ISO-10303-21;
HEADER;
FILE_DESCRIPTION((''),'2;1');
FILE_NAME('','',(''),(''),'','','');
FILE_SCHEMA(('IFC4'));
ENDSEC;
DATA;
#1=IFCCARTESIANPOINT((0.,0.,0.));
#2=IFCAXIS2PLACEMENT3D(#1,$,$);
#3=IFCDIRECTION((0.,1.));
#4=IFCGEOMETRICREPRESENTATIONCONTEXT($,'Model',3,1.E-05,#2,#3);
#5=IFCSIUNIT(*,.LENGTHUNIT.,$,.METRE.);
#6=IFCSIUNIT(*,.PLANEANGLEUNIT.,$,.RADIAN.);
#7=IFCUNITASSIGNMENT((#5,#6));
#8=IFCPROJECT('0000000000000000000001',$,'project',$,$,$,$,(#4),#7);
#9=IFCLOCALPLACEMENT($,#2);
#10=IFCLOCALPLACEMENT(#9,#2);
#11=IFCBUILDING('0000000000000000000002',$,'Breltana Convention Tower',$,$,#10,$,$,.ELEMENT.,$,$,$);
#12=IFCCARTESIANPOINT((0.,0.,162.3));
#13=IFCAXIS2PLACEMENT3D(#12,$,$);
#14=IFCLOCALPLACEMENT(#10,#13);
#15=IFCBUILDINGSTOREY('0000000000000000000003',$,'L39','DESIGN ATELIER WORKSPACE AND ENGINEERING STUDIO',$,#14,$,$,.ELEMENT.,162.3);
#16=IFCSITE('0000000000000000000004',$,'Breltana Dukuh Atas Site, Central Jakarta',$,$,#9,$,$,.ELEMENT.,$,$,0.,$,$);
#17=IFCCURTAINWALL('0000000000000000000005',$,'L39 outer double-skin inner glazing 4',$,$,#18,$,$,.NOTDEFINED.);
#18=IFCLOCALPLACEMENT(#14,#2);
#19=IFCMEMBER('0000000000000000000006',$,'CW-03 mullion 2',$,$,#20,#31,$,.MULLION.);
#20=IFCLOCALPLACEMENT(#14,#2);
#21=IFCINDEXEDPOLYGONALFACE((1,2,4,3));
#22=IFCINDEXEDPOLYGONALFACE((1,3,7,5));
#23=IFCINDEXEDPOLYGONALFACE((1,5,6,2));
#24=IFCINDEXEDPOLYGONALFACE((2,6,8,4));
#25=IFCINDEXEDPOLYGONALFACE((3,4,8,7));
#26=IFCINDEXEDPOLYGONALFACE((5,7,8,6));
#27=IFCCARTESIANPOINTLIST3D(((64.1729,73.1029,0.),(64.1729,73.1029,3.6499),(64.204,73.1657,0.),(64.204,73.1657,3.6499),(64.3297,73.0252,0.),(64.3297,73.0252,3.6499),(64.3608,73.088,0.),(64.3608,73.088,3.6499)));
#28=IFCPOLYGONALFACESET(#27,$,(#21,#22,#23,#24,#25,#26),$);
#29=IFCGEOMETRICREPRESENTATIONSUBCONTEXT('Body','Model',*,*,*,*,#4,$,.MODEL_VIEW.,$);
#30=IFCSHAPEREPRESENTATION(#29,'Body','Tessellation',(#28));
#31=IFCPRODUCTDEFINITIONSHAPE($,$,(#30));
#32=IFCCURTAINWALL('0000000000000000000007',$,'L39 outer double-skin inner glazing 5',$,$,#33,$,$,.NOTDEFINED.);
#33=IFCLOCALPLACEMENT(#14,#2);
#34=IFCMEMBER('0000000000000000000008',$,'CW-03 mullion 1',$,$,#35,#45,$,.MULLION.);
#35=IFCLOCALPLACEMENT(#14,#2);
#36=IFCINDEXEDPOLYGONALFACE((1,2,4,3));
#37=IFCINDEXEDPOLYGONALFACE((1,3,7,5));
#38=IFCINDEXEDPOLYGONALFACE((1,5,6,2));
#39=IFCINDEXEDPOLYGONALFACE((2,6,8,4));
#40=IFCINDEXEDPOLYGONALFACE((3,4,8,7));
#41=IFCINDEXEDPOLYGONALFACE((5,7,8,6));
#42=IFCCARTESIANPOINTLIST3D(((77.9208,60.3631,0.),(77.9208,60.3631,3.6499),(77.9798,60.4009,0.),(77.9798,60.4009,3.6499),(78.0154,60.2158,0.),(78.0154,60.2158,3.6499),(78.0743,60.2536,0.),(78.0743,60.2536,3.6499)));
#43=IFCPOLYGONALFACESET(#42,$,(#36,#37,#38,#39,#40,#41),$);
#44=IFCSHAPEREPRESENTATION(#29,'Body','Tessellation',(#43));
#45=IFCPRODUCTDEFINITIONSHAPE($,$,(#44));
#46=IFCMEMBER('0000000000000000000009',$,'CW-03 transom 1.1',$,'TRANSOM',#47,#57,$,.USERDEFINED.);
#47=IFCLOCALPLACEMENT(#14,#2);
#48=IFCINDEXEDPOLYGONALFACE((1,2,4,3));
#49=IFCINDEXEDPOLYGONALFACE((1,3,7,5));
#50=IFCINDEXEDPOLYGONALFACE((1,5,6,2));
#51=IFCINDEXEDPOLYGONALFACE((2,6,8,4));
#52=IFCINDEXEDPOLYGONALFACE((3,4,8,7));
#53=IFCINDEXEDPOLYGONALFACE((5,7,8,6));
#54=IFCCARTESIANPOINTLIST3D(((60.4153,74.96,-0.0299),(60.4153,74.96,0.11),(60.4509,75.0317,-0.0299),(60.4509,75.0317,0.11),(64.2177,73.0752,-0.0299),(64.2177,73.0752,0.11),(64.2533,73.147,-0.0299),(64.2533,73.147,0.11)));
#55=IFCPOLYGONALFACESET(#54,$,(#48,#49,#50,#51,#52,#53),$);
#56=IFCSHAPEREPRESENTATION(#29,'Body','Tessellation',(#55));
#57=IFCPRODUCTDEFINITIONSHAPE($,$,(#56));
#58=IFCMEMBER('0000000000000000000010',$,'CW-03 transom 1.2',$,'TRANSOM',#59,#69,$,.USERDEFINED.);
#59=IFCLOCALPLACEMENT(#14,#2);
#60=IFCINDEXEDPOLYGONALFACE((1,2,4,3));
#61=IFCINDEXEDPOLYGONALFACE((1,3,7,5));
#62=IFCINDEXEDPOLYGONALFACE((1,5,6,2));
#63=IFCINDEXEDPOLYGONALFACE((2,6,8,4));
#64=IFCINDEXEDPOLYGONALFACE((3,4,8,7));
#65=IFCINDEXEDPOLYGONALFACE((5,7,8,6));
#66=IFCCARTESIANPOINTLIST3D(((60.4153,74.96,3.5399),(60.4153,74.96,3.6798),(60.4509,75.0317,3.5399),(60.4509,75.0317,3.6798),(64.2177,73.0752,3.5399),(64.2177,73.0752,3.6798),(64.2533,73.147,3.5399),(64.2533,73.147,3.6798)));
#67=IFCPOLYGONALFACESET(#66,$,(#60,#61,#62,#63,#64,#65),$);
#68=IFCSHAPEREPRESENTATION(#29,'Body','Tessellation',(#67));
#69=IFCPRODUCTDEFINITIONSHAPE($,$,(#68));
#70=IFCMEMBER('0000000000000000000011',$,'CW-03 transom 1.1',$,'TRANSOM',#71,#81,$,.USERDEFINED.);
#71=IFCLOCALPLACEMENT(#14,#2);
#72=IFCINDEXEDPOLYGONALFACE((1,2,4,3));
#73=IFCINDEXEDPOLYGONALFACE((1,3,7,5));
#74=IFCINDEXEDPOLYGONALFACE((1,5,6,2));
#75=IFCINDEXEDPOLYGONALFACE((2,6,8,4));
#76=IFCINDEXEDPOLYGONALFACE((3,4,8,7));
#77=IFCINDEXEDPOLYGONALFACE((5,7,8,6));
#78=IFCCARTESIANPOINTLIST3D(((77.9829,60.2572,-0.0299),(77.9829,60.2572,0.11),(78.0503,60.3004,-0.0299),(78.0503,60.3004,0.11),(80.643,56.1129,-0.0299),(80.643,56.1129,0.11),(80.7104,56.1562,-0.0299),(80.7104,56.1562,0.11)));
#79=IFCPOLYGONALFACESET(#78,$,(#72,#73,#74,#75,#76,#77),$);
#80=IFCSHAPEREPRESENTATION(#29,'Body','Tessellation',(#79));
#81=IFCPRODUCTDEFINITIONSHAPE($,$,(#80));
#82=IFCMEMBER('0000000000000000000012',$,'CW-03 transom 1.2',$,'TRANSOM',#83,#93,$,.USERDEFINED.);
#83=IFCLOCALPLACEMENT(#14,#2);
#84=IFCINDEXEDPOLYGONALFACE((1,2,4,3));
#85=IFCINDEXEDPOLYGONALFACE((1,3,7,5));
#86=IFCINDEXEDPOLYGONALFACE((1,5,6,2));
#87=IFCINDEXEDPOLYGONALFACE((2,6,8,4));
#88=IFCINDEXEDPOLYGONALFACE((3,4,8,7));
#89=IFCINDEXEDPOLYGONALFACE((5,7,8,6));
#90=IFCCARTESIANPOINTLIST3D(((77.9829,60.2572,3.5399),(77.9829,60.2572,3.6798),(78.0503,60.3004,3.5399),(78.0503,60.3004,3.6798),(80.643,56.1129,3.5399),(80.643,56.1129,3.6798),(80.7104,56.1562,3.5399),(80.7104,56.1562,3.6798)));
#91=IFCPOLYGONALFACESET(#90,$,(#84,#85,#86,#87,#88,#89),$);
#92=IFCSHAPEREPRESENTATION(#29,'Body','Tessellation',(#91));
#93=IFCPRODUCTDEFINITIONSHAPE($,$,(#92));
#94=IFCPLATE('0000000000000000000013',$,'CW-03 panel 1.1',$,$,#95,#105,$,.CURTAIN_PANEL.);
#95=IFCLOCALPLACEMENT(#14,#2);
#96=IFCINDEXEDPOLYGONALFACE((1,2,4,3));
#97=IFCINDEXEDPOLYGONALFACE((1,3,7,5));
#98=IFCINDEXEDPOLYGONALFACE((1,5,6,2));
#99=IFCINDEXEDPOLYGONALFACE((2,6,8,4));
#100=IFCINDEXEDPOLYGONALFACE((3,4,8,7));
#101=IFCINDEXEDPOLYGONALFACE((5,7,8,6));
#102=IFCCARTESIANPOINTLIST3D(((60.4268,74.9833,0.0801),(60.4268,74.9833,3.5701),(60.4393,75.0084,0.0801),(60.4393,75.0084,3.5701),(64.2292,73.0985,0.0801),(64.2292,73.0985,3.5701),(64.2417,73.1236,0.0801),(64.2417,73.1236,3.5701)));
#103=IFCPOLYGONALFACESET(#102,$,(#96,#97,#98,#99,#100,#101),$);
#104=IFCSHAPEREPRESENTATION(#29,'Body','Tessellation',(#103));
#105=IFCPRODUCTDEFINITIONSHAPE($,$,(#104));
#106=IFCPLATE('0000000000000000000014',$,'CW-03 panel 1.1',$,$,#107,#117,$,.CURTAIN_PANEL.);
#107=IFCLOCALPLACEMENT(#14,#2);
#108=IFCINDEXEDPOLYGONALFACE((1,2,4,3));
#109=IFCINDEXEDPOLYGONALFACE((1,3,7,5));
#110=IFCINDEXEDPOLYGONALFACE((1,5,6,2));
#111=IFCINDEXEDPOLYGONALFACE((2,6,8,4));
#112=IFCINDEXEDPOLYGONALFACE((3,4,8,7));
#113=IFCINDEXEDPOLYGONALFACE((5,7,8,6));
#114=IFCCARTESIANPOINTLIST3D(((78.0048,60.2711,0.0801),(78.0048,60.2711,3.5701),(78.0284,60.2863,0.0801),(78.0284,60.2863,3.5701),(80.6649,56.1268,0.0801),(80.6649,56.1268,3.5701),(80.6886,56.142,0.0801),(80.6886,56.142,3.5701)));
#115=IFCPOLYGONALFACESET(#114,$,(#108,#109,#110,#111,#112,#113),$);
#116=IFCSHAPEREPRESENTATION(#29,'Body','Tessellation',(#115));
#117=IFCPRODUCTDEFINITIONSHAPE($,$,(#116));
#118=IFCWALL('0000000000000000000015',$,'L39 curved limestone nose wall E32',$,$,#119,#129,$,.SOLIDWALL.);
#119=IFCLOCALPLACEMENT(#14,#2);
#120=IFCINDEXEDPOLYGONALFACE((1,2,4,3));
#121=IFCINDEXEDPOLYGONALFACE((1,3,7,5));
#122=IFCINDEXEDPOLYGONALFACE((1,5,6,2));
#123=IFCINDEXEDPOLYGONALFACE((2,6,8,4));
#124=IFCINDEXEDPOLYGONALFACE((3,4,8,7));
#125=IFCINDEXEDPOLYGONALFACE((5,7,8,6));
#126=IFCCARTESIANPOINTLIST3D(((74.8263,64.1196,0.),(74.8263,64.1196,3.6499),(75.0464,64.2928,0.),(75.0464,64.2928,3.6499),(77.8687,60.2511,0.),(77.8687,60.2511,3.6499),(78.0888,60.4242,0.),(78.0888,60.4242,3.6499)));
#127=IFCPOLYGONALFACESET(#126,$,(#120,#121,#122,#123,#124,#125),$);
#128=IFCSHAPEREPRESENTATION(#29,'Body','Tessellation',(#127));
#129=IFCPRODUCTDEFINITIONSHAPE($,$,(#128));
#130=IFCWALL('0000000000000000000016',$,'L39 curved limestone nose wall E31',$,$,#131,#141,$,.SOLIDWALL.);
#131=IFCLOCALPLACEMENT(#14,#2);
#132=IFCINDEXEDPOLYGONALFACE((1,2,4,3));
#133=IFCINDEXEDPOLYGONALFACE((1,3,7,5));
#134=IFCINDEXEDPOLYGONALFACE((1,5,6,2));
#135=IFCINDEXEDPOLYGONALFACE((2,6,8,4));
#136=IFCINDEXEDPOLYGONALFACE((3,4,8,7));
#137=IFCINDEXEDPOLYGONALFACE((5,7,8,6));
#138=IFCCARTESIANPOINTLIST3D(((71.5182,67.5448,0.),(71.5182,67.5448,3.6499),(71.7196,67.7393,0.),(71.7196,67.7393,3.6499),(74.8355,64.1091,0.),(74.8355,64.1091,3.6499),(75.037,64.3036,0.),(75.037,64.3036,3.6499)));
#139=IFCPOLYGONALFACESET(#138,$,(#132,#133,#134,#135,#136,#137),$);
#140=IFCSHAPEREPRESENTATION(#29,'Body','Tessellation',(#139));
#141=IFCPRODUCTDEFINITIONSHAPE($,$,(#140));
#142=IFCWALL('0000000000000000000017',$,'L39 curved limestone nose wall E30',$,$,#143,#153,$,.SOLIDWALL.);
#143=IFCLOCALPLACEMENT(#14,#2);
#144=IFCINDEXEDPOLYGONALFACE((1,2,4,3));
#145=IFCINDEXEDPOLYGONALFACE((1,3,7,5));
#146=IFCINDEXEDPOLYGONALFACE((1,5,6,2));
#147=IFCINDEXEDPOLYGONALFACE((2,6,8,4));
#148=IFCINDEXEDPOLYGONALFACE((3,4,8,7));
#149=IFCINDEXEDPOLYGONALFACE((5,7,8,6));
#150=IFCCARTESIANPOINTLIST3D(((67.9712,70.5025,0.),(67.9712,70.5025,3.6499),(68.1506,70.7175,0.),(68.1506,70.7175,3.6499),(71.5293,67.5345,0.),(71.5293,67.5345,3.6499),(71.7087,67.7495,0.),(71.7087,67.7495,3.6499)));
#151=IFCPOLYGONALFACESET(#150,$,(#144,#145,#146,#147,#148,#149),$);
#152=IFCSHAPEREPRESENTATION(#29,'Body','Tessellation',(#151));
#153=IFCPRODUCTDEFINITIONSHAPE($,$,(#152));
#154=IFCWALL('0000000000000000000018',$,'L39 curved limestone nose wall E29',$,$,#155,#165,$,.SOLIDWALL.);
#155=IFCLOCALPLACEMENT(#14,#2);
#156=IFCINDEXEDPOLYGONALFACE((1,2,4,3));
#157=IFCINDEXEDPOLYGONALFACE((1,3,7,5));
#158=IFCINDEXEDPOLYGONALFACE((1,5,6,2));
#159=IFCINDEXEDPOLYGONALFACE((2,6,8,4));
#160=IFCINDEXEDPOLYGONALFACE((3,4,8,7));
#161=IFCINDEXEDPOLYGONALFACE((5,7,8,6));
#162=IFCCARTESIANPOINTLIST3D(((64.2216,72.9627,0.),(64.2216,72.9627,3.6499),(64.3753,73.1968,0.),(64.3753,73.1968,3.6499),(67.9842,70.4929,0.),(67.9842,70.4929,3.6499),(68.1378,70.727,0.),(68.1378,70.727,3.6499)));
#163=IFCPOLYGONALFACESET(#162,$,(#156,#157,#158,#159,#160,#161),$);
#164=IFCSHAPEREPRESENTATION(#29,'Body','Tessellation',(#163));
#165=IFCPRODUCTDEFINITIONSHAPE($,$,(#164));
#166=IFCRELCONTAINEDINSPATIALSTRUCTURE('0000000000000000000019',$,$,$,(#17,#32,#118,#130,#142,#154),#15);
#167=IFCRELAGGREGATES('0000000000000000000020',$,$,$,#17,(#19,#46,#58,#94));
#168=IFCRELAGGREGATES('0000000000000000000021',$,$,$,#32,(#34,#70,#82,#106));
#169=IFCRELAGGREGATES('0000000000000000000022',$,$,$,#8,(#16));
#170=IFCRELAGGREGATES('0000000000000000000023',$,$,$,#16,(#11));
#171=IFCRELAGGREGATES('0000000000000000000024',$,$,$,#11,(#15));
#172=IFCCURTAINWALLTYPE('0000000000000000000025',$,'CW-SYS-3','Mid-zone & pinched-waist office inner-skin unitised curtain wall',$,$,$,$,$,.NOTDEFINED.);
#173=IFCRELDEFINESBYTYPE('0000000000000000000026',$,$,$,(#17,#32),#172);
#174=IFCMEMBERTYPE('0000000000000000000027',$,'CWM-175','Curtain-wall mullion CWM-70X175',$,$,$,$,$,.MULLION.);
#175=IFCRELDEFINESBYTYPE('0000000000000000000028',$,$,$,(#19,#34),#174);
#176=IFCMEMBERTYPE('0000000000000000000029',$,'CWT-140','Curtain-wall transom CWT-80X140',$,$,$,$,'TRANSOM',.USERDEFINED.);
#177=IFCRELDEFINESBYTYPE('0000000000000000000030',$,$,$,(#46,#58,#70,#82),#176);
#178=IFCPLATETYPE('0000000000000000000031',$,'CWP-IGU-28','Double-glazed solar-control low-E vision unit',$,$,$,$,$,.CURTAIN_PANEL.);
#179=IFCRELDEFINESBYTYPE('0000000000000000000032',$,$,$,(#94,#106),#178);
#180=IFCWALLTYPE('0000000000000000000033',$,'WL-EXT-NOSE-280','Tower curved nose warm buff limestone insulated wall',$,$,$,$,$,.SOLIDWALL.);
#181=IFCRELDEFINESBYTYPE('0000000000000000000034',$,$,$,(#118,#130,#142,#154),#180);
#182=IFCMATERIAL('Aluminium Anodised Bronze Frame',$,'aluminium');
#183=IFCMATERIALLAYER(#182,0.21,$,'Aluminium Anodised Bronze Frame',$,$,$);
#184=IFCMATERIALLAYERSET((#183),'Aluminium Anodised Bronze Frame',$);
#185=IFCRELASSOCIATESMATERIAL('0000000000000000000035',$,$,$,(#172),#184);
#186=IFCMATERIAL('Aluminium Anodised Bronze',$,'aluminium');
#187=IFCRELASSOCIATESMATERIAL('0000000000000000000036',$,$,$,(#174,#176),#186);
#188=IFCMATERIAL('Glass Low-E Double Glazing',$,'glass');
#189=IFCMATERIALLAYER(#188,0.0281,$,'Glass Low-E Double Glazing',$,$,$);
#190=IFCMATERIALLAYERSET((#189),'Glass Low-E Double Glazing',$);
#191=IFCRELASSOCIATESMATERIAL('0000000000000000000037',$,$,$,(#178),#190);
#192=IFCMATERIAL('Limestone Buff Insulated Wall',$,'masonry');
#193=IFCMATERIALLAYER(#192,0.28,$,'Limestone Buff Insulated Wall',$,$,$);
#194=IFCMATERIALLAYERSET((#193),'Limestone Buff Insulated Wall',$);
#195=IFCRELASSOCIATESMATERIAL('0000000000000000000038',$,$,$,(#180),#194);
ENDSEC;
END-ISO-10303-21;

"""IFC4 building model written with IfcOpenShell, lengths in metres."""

from ifc_helpers import new_model, si_unit, direction, frame, frame_2d, origin, origin_2d, place, context, subcontext, project, spatial, rectangle, extrude, source, transform, mapped, material, layer, layer_set, material_profile, profile_set, type_object, element, aggregate, save


model = new_model("IFC4")

# Units and contexts
model_context = context("Model", 3, precision=1e-05, world=origin(), true_north=direction((0.0, 1.0)))
body_context = subcontext(model_context, "Body", "Model", "MODEL_VIEW")
ifc_project = project(units=[si_unit("LENGTHUNIT", "METRE"), si_unit("PLANEANGLEUNIT", "RADIAN")], contexts=[model_context])

# Site, building, storey
site_placement = place(None, origin())
site = spatial("IfcSite", under=ifc_project, at=site_placement, Name="Breltana Dukuh Atas Site, Central Jakarta", CompositionType="ELEMENT", RefElevation=0.0)
building_placement = place(site_placement, origin())
building = spatial("IfcBuilding", under=site, at=building_placement, Name="Breltana Convention Tower", CompositionType="ELEMENT")
storey_placement = place(building_placement, frame((0.0, 0.0, 162.3)))
storey = spatial("IfcBuildingStorey", under=building, at=storey_placement, Name="L39", Description="DESIGN ATELIER WORKSPACE AND ENGINEERING STUDIO", CompositionType="ELEMENT", Elevation=162.3)

# Curtain walls, members
ifc_material_1 = material(Name="Aluminium Anodised Bronze Frame", Category="aluminium")
ifc_layer_1 = layer(ifc_material_1, 0.21, Name="Aluminium Anodised Bronze Frame")
ifc_layer_set_1 = layer_set([ifc_layer_1], Name="Aluminium Anodised Bronze Frame")
curtain_wall_type = type_object("IfcCurtainWallType", Name="CW-SYS-3", Description="Mid-zone & pinched-waist office inner-skin unitised curtain wall", PredefinedType="NOTDEFINED", material=ifc_layer_set_1)
curtain_wall_1_placement = place(storey_placement, origin())
curtain_wall_1 = element("IfcCurtainWall", 1, at=curtain_wall_1_placement, inside=storey, type_object=curtain_wall_type, Name="L39 outer double-skin inner glazing 4", PredefinedType="NOTDEFINED")
ifc_material_2 = material(Name="Aluminium Anodised Bronze", Category="aluminium")
ifc_material_profile_1 = material_profile(ifc_material_2, rectangle(XDim=0.0701, YDim=0.175, at=origin_2d()), Name="CWM-70X175")
ifc_profile_set_1 = profile_set([ifc_material_profile_1], Name="Aluminium Anodised Bronze")
member_type_1 = type_object("IfcMemberType", Name="CWM-175", Description="Curtain-wall mullion CWM-70X175", PredefinedType="MULLION", material=ifc_profile_set_1)
shared_shape_1 = source(origin(), body_context, "Body", "SweptSolid", [
    extrude(rectangle(XDim=0.0701, YDim=0.175, at=origin_2d()), origin(), (0.0, 0.0, 1.0), 3.6499),
])
member_1_placement = place(storey_placement, frame((64.2668, 73.0955, 0.0), z_axis=(0.0, 0.0, 1.0), x_axis=(0.444118, 0.895968, 0.0)))
member_1 = element("IfcMember", 2, at=member_1_placement, type_object=member_type_1, Name="CW-03 mullion 2", PredefinedType="MULLION", context=body_context, shape_type="MappedRepresentation", body=[
    mapped(shared_shape_1, transform((0.0, 0.0, 0.0), scale=1.0)),
])
curtain_wall_2_placement = place(storey_placement, origin())
curtain_wall_2 = element("IfcCurtainWall", 3, at=curtain_wall_2_placement, inside=storey, type_object=curtain_wall_type, Name="L39 outer double-skin inner glazing 5", PredefinedType="NOTDEFINED")
member_2_placement = place(storey_placement, frame((77.9976, 60.3083, 0.0), z_axis=(0.0, 0.0, 1.0), x_axis=(0.841554, 0.540173, 0.0)))
member_2 = element("IfcMember", 4, at=member_2_placement, type_object=member_type_1, Name="CW-03 mullion 1", PredefinedType="MULLION", context=body_context, shape_type="MappedRepresentation", body=[
    mapped(shared_shape_1, transform((0.0, 0.0, 0.0), scale=1.0)),
])

# Members
ifc_material_profile_2 = material_profile(ifc_material_2, rectangle(XDim=0.0801, YDim=0.1399, at=origin_2d()), Name="CWT-80X140")
ifc_profile_set_2 = profile_set([ifc_material_profile_2], Name="Aluminium Anodised Bronze")
member_type_2 = type_object("IfcMemberType", Name="CWT-140", Description="Curtain-wall transom CWT-80X140", ElementType="TRANSOM", PredefinedType="USERDEFINED", material=ifc_profile_set_2)
shared_shape_2 = source(origin(), body_context, "Body", "SweptSolid", [
    extrude(rectangle(XDim=0.0801, YDim=0.1399, at=origin_2d()), origin(), (0.0, 0.0, 1.0), 4.2439),
])
member_3_placement = place(storey_placement, frame((60.4331, 74.9958, 0.04), z_axis=(0.895975, -0.444104, 0.0), x_axis=(0.444104, 0.895975, 0.0)))
member_3 = element("IfcMember", 5, at=member_3_placement, type_object=member_type_2, Name="CW-03 transom 1.1", ObjectType="TRANSOM", PredefinedType="USERDEFINED", context=body_context, shape_type="MappedRepresentation", body=[
    mapped(shared_shape_2, transform((0.0, 0.0, 0.0), scale=1.0)),
])
member_4_placement = place(storey_placement, frame((60.4331, 74.9958, 3.6099), z_axis=(0.895975, -0.444104, 0.0), x_axis=(0.444104, 0.895975, 0.0)))
member_4 = element("IfcMember", 6, at=member_4_placement, type_object=member_type_2, Name="CW-03 transom 1.2", ObjectType="TRANSOM", PredefinedType="USERDEFINED", context=body_context, shape_type="MappedRepresentation", body=[
    mapped(shared_shape_2, transform((0.0, 0.0, 0.0), scale=1.0)),
])
shared_shape_3 = source(origin(), body_context, "Body", "SweptSolid", [
    extrude(rectangle(XDim=0.0801, YDim=0.1399, at=origin_2d()), origin(), (0.0, 0.0, 1.0), 4.9246),
])
member_5_placement = place(storey_placement, frame((78.0166, 60.2788, 0.04), z_axis=(0.540179, -0.84155, 0.0), x_axis=(0.84155, 0.540179, 0.0)))
member_5 = element("IfcMember", 7, at=member_5_placement, type_object=member_type_2, Name="CW-03 transom 1.1", ObjectType="TRANSOM", PredefinedType="USERDEFINED", context=body_context, shape_type="MappedRepresentation", body=[
    mapped(shared_shape_3, transform((0.0, 0.0, 0.0), scale=1.0)),
])
member_6_placement = place(storey_placement, frame((78.0166, 60.2788, 3.6099), z_axis=(0.540179, -0.84155, 0.0), x_axis=(0.84155, 0.540179, 0.0)))
member_6 = element("IfcMember", 8, at=member_6_placement, type_object=member_type_2, Name="CW-03 transom 1.2", ObjectType="TRANSOM", PredefinedType="USERDEFINED", context=body_context, shape_type="MappedRepresentation", body=[
    mapped(shared_shape_3, transform((0.0, 0.0, 0.0), scale=1.0)),
])

# Plates
ifc_material_3 = material(Name="Glass Low-E Double Glazing", Category="glass")
ifc_layer_2 = layer(ifc_material_3, 0.0281, Name="Glass Low-E Double Glazing")
ifc_layer_set_2 = layer_set([ifc_layer_2], Name="Glass Low-E Double Glazing")
plate_type = type_object("IfcPlateType", Name="CWP-IGU-28", Description="Double-glazed solar-control low-E vision unit", PredefinedType="CURTAIN_PANEL", material=ifc_layer_set_2)
shared_shape_4 = source(origin(), body_context, "Body", "SweptSolid", [
    extrude(rectangle(XDim=4.2439, YDim=0.0281, at=origin_2d()), origin(), (0.0, 0.0, 1.0), 3.49),
])
plate_1_placement = place(storey_placement, frame((62.3342, 74.0535, 0.0801), z_axis=(0.0, 0.0, 1.0), x_axis=(0.895968, -0.444118, 0.0)))
plate_1 = element("IfcPlate", 9, at=plate_1_placement, type_object=plate_type, Name="CW-03 panel 1.1", PredefinedType="CURTAIN_PANEL", context=body_context, shape_type="MappedRepresentation", body=[
    mapped(shared_shape_4, transform((0.0, 0.0, 0.0), scale=1.0)),
])
aggregate(curtain_wall_1, [member_1, member_3, member_4, plate_1])
shared_shape_5 = source(origin(), body_context, "Body", "SweptSolid", [
    extrude(rectangle(XDim=4.9246, YDim=0.0281, at=origin_2d()), origin(), (0.0, 0.0, 1.0), 3.49),
])
plate_2_placement = place(storey_placement, frame((79.3467, 58.2065, 0.0801), z_axis=(0.0, 0.0, 1.0), x_axis=(0.540173, -0.841554, 0.0)))
plate_2 = element("IfcPlate", 10, at=plate_2_placement, type_object=plate_type, Name="CW-03 panel 1.1", PredefinedType="CURTAIN_PANEL", context=body_context, shape_type="MappedRepresentation", body=[
    mapped(shared_shape_5, transform((0.0, 0.0, 0.0), scale=1.0)),
])
aggregate(curtain_wall_2, [member_2, member_5, member_6, plate_2])

# Walls
ifc_material_4 = material(Name="Limestone Buff Insulated Wall", Category="masonry")
ifc_layer_3 = layer(ifc_material_4, 0.28, Name="Limestone Buff Insulated Wall")
ifc_layer_set_3 = layer_set([ifc_layer_3], Name="Limestone Buff Insulated Wall")
wall_type_1 = type_object("IfcWallType", Name="WL-EXT-NOSE-280", Description="Tower curved nose warm buff limestone insulated wall", PredefinedType="SOLIDWALL", material=ifc_layer_set_3)
shared_shape_6 = source(origin(), body_context, "Body", "SweptSolid", [
    extrude(rectangle(XDim=4.9216, YDim=0.28, at=frame_2d((2.4609, 0.0))), origin(), (0.0, 0.0, 1.0), 3.6499),
])
wall_1_placement = place(storey_placement, frame((74.9363, 64.2063, 0.0), z_axis=(0.0, 0.0, 1.0), x_axis=(0.618176, -0.786039, 0.0)))
element("IfcWall", 11, at=wall_1_placement, inside=storey, type_object=wall_type_1, Name="L39 curved limestone nose wall E32", PredefinedType="SOLIDWALL", context=body_context, shape_type="MappedRepresentation", body=[
    mapped(shared_shape_6, transform((0.0, 0.0, 0.0), scale=1.0)),
])
shared_shape_7 = source(origin(), body_context, "Body", "SweptSolid", [
    extrude(rectangle(XDim=4.7759, YDim=0.28, at=frame_2d((2.3879, 0.0))), origin(), (0.0, 0.0, 1.0), 3.6499),
])
wall_2_placement = place(storey_placement, frame((71.6189, 67.6421, 0.0), z_axis=(0.0, 0.0, 1.0), x_axis=(0.694602, -0.719394, 0.0)))
element("IfcWall", 12, at=wall_2_placement, inside=storey, type_object=wall_type_1, Name="L39 curved limestone nose wall E31", PredefinedType="SOLIDWALL", context=body_context, shape_type="MappedRepresentation", body=[
    mapped(shared_shape_7, transform((0.0, 0.0, 0.0), scale=1.0)),
])
shared_shape_8 = source(origin(), body_context, "Body", "SweptSolid", [
    extrude(rectangle(XDim=4.6335, YDim=0.28, at=frame_2d((2.3169, 0.0))), origin(), (0.0, 0.0, 1.0), 3.6499),
])
wall_3_placement = place(storey_placement, frame((68.0608, 70.6101, 0.0), z_axis=(0.0, 0.0, 1.0), x_axis=(0.76791, -0.640557, 0.0)))
element("IfcWall", 13, at=wall_3_placement, inside=storey, type_object=wall_type_1, Name="L39 curved limestone nose wall E30", PredefinedType="SOLIDWALL", context=body_context, shape_type="MappedRepresentation", body=[
    mapped(shared_shape_8, transform((0.0, 0.0, 0.0), scale=1.0)),
])
shared_shape_9 = source(origin(), body_context, "Body", "SweptSolid", [
    extrude(rectangle(XDim=4.5007, YDim=0.28, at=frame_2d((2.2505, 0.0))), origin(), (0.0, 0.0, 1.0), 3.6499),
])
wall_4_placement = place(storey_placement, frame((64.2983, 73.0798, 0.0), z_axis=(0.0, 0.0, 1.0), x_axis=(0.835985, -0.548752, 0.0)))
element("IfcWall", 14, at=wall_4_placement, inside=storey, type_object=wall_type_1, Name="L39 curved limestone nose wall E29", PredefinedType="SOLIDWALL", context=body_context, shape_type="MappedRepresentation", body=[
    mapped(shared_shape_9, transform((0.0, 0.0, 0.0), scale=1.0)),
])

save(model, "model.ifc")
